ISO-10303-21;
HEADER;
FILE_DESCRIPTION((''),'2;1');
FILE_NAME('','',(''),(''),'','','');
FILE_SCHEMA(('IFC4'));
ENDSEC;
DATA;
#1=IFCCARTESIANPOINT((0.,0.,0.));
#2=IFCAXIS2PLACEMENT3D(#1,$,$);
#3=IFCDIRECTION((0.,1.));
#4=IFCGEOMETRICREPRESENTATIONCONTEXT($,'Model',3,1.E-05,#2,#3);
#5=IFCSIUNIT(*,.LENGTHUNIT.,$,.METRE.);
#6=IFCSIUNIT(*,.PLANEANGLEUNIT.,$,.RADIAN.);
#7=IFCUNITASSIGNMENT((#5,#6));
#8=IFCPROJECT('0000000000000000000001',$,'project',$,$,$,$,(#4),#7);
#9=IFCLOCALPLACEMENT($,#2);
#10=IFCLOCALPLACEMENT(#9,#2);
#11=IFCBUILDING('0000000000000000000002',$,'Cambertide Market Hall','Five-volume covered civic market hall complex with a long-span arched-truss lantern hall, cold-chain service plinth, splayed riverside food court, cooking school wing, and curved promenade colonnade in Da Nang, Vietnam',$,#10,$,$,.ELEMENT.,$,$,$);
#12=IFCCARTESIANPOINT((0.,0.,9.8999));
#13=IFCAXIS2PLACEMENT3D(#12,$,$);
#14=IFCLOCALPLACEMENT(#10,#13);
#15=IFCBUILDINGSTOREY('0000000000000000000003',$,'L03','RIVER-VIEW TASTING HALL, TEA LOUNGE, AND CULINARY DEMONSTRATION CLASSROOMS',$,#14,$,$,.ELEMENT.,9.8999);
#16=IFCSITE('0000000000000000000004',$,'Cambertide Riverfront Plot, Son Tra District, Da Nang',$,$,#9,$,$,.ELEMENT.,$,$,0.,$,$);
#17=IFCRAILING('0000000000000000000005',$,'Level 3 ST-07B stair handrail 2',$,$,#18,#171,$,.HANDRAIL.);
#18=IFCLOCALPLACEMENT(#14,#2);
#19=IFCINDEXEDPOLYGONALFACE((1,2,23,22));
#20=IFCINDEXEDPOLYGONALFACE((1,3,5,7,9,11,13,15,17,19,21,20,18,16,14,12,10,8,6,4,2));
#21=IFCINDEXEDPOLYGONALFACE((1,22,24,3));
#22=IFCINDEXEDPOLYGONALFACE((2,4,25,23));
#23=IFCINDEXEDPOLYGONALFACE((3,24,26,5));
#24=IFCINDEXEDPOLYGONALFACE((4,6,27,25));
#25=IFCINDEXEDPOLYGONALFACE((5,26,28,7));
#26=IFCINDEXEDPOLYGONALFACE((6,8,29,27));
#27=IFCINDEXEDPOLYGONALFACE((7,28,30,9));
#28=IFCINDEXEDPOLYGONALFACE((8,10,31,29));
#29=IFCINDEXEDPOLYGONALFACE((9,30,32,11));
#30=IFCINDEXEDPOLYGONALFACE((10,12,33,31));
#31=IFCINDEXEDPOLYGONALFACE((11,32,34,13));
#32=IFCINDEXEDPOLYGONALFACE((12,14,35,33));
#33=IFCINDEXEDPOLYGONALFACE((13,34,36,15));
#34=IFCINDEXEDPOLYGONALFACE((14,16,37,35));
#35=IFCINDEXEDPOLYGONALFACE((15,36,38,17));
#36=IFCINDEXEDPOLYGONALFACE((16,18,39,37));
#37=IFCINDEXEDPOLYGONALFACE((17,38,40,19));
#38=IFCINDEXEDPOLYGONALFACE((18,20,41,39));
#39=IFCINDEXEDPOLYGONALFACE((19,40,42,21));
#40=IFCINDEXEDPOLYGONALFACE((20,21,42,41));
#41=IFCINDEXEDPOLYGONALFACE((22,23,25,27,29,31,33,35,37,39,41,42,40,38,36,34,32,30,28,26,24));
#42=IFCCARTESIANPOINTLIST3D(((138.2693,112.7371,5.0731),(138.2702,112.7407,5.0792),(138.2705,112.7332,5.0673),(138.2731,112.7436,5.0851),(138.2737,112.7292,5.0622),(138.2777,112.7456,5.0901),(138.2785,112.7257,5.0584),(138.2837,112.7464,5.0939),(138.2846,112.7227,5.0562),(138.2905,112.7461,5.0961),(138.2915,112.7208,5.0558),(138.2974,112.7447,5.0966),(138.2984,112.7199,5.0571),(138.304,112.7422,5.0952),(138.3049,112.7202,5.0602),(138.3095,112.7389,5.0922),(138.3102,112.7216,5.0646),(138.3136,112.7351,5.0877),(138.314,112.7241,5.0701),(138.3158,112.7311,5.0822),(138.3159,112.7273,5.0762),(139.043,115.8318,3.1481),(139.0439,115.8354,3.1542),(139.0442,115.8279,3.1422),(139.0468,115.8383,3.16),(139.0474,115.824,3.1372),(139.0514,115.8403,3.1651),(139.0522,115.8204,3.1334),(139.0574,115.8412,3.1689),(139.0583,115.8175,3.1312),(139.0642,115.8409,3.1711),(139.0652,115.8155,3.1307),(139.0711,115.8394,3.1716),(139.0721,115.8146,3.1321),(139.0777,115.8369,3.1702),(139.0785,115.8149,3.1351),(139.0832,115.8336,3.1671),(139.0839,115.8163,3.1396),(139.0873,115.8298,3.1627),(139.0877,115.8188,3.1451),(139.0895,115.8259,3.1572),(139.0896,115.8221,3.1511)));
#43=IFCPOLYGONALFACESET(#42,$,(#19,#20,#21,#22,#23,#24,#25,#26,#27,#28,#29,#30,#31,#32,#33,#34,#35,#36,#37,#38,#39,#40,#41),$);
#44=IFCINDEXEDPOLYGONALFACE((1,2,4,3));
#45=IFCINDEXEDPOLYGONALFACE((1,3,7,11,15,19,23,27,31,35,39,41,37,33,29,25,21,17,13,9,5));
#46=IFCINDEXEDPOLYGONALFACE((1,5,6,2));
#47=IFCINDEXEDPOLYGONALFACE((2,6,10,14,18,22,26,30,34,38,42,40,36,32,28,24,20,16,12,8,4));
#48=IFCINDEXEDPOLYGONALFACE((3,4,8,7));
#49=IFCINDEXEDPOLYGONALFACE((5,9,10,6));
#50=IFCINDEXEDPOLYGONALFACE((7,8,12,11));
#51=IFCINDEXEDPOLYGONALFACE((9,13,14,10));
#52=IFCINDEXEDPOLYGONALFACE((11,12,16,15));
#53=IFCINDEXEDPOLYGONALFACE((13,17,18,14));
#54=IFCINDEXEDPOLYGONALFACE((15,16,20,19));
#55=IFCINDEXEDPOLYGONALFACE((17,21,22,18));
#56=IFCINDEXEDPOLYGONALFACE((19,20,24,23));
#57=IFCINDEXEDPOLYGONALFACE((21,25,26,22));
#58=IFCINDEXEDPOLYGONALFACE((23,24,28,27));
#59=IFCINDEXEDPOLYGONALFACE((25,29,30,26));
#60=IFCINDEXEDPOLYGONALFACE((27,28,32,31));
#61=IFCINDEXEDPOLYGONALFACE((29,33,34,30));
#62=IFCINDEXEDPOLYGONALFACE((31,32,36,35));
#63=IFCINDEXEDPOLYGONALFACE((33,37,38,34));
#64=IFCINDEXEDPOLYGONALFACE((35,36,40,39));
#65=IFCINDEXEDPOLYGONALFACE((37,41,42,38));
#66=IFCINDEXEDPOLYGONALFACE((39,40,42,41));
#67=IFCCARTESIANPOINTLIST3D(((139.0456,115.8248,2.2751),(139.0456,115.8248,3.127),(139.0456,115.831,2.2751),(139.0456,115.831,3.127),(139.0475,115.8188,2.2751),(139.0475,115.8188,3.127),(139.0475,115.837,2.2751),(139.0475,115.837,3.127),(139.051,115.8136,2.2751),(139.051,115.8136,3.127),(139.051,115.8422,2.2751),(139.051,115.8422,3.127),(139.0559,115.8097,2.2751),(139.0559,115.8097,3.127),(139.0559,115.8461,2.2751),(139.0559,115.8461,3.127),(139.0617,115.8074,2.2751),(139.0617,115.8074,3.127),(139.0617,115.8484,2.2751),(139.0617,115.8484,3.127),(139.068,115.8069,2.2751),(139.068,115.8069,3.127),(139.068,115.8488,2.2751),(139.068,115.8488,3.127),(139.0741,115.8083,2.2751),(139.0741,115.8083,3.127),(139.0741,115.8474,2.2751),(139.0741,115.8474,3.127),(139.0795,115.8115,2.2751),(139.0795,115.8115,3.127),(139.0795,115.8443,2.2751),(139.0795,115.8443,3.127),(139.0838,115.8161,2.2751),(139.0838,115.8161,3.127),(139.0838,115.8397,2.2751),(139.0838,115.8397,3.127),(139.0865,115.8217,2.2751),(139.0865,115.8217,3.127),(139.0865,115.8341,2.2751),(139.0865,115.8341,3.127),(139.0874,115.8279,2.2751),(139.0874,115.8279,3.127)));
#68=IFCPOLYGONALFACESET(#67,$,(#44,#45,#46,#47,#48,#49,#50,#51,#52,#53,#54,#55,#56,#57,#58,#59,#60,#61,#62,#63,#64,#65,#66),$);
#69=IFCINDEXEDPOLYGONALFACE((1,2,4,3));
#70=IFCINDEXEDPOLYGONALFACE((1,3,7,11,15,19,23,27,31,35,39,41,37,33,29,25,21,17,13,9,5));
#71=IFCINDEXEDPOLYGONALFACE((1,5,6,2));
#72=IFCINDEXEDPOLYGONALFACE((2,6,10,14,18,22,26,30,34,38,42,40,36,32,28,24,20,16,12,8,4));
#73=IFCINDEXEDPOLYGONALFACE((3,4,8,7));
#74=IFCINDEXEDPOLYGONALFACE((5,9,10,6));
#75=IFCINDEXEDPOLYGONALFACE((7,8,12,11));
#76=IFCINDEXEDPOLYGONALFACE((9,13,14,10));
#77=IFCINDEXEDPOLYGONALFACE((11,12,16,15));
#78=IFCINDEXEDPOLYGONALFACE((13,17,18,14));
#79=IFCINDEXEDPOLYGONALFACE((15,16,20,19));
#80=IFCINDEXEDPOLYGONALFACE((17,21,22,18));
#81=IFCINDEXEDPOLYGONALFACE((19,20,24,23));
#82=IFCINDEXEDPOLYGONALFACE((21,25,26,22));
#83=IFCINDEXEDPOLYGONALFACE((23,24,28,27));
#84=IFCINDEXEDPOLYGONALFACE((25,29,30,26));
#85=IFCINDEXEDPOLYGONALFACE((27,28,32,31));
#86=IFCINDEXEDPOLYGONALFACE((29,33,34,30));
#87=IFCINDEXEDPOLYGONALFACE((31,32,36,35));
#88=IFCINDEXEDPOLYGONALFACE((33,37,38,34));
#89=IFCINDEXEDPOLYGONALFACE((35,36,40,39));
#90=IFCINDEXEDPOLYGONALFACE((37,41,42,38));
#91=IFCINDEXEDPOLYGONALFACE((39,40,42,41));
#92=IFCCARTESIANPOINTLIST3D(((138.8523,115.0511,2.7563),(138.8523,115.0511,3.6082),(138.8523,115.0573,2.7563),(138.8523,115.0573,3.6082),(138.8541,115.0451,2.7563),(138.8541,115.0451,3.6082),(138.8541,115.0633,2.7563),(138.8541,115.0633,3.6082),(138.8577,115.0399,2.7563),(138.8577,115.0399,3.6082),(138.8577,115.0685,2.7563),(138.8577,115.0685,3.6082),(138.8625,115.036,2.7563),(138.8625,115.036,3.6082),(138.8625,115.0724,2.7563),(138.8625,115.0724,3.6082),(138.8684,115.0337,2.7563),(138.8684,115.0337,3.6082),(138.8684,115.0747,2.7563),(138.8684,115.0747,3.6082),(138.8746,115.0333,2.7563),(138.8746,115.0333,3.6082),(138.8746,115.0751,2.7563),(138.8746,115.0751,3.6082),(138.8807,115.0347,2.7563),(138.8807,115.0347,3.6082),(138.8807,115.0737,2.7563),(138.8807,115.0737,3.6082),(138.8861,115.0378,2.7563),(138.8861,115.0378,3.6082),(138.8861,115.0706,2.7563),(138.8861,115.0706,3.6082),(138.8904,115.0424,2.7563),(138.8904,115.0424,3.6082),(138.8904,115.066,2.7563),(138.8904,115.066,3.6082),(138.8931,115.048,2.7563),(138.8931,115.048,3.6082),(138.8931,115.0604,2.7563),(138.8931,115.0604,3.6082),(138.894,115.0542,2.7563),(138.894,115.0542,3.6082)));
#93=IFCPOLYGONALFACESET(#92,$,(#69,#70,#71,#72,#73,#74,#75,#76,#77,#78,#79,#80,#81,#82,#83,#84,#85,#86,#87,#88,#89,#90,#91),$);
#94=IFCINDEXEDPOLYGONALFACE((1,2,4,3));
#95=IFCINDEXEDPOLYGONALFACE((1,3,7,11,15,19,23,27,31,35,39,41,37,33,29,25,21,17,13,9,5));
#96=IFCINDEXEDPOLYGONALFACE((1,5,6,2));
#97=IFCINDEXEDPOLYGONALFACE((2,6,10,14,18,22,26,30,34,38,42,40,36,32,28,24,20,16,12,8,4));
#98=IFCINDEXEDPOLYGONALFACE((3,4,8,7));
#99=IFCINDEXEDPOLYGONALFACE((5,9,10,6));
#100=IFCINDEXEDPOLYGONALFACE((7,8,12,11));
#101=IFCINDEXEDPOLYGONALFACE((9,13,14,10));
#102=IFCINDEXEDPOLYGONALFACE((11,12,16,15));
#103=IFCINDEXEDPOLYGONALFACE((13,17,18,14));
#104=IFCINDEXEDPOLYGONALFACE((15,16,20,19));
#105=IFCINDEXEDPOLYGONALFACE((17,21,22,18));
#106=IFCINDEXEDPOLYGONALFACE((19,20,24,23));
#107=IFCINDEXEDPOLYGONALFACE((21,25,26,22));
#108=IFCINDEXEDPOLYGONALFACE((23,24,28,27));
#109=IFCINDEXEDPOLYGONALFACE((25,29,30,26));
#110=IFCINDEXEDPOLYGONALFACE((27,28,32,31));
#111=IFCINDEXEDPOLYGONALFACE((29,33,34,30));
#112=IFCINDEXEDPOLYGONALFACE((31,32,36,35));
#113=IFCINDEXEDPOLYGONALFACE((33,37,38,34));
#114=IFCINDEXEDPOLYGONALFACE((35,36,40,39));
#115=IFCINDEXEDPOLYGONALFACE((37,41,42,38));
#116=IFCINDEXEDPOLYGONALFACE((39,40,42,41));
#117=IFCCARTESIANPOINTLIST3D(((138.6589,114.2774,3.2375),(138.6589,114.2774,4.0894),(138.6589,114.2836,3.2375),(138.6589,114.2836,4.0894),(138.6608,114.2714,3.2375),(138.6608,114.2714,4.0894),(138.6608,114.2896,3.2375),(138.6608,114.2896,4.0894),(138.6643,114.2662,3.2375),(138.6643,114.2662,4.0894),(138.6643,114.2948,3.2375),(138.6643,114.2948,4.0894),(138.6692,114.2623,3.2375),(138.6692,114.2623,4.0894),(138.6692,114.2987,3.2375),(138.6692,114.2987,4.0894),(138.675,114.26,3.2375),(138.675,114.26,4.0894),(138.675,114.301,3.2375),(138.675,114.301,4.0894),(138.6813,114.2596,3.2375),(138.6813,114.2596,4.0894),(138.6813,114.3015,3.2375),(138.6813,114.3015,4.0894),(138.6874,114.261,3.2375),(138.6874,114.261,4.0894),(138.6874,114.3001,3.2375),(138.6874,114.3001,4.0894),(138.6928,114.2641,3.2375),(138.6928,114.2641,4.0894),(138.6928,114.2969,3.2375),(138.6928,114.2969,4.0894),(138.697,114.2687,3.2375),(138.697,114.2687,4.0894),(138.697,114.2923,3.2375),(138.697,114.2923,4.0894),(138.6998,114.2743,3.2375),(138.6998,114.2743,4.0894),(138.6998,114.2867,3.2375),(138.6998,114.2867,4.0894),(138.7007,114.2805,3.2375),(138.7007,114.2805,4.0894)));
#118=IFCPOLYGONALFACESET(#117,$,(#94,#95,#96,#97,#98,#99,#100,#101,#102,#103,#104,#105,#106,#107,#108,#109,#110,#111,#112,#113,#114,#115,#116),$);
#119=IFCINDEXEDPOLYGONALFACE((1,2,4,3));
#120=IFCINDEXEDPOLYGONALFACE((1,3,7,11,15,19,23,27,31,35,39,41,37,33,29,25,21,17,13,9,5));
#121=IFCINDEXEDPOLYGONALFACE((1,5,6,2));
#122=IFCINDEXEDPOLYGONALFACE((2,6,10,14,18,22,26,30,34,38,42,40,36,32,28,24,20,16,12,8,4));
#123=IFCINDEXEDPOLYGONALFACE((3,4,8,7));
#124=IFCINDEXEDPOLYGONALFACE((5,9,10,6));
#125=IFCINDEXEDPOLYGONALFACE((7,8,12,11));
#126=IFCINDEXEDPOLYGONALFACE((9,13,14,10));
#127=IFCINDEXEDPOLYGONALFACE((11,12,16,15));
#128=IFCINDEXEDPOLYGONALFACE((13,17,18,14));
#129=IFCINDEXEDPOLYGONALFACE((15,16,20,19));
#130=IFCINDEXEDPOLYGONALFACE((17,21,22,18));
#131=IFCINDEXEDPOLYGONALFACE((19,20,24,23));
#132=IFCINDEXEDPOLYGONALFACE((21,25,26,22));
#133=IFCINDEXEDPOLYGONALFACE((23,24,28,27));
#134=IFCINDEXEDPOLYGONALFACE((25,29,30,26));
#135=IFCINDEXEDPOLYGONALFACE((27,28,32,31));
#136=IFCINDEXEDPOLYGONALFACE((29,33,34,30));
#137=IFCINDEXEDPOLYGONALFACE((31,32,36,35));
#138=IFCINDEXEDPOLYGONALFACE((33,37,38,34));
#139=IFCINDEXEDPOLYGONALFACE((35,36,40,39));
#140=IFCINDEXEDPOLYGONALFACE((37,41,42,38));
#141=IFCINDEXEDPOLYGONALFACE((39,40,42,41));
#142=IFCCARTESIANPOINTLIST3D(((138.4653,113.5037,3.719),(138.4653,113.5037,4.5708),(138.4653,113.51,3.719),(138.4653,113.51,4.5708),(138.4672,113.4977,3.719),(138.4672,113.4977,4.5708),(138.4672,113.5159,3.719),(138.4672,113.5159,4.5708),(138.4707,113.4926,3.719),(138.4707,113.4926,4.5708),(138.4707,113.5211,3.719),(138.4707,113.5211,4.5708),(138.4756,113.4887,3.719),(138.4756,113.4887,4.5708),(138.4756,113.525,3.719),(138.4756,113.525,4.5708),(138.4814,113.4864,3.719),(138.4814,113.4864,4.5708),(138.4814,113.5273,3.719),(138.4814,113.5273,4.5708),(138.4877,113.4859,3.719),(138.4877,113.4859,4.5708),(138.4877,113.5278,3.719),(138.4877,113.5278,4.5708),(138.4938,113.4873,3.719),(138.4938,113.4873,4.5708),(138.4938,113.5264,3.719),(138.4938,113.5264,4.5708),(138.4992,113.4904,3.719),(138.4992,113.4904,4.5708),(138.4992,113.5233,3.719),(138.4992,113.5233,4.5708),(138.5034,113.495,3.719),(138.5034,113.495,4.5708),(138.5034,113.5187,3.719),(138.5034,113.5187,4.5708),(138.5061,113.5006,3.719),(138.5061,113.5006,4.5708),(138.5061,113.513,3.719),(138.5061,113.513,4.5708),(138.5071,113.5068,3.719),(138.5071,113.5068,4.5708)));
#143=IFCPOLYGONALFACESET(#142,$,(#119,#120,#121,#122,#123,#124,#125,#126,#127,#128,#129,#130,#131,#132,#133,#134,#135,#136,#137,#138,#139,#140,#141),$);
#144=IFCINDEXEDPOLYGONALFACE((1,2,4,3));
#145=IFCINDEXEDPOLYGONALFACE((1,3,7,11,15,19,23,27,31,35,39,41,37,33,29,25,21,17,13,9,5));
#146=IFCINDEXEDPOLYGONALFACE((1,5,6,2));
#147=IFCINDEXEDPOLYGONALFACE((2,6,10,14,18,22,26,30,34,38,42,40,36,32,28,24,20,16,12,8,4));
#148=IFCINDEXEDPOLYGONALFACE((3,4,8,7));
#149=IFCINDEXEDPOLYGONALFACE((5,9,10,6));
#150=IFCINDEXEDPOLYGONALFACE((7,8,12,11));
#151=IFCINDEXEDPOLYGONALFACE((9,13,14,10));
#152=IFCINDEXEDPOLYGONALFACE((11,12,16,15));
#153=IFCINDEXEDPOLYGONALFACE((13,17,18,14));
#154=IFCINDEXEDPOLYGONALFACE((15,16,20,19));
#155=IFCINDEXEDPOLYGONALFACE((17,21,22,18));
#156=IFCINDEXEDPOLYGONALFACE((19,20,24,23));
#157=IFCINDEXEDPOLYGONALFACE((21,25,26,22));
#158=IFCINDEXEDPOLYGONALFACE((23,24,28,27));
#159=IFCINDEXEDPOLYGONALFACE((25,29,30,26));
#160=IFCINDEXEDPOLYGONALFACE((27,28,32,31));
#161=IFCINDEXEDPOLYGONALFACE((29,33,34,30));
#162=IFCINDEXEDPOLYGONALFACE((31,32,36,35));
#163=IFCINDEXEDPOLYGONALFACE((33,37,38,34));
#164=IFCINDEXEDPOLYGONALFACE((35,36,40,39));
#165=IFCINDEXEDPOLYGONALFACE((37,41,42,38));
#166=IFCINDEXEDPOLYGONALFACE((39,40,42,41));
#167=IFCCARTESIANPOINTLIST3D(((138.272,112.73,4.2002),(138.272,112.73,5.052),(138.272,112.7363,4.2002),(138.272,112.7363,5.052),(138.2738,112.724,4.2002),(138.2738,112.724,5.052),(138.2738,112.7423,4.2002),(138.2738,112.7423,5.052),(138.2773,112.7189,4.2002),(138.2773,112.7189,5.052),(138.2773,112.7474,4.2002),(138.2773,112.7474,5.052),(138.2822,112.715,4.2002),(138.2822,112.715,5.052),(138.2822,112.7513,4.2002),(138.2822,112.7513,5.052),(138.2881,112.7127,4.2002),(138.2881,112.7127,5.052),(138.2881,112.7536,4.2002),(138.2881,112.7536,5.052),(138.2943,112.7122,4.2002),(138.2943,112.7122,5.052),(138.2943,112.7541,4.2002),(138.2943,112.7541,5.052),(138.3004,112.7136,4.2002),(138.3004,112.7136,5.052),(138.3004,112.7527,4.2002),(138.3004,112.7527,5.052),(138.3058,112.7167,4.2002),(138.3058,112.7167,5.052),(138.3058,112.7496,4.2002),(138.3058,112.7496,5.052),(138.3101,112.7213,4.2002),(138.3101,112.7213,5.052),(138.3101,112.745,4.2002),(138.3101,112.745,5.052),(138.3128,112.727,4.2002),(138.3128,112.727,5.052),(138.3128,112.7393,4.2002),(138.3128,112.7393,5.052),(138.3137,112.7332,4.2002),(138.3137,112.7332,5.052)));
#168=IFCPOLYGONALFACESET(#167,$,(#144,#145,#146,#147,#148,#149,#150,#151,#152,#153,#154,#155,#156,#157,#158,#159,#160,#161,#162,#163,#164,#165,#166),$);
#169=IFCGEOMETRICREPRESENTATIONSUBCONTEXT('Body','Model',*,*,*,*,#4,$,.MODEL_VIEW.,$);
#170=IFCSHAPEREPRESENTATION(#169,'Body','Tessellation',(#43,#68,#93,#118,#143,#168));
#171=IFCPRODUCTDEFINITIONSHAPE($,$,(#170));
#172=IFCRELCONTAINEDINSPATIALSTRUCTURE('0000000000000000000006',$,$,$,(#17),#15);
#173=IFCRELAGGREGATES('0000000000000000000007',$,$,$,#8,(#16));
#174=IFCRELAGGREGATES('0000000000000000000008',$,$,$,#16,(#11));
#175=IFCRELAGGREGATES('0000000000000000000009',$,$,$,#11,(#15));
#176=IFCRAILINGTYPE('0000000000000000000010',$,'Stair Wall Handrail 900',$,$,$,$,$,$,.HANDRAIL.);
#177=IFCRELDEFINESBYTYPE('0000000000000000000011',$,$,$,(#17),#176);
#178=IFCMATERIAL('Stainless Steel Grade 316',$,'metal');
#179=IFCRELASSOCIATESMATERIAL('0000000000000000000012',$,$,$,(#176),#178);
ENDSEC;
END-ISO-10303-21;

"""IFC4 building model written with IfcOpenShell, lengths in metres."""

from ifc_helpers import new_model, si_unit, direction, frame, origin, origin_2d, place, context, subcontext, project, spatial, circle, extrude, material, type_object, element, save


model = new_model("IFC4")

# Units and contexts
model_context = context("Model", 3, precision=1e-05, world=origin(), true_north=direction((0.0, 1.0)))
body_context = subcontext(model_context, "Body", "Model", "MODEL_VIEW")
ifc_project = project(units=[si_unit("LENGTHUNIT", "METRE"), si_unit("PLANEANGLEUNIT", "RADIAN")], contexts=[model_context])

# Site, building, storey
site_placement = place(None, origin())
site = spatial("IfcSite", under=ifc_project, at=site_placement, Name="Cambertide Riverfront Plot, Son Tra District, Da Nang", CompositionType="ELEMENT", RefElevation=0.0)
building_placement = place(site_placement, origin())
building = spatial("IfcBuilding", under=site, at=building_placement, Name="Cambertide Market Hall", Description="Five-volume covered civic market hall complex with a long-span arched-truss lantern hall, cold-chain service plinth, splayed riverside food court, cooking school wing, and curved promenade colonnade in Da Nang, Vietnam", CompositionType="ELEMENT")
storey_placement = place(building_placement, frame((0.0, 0.0, 9.8999)))
storey = spatial("IfcBuildingStorey", under=building, at=storey_placement, Name="L03", Description="RIVER-VIEW TASTING HALL, TEA LOUNGE, AND CULINARY DEMONSTRATION CLASSROOMS", CompositionType="ELEMENT", Elevation=9.8999)

# Railing
ifc_material_1 = material(Name="Stainless Steel Grade 316", Category="metal")
railing_type_1 = type_object("IfcRailingType", Name="Stair Wall Handrail 900", PredefinedType="HANDRAIL", material=ifc_material_1)
railing_1_placement = place(storey_placement, frame((139.0664, 115.8279, 2.2751)))
element("IfcRailing", 1, at=railing_1_placement, inside=storey, type_object=railing_type_1, Name="Level 3 ST-07B stair handrail 2", PredefinedType="HANDRAIL", context=body_context, shape_type="SweptSolid", body=[
    extrude(circle(Radius=0.0239, at=origin_2d()), frame((0.0, 0.0, 0.876), z_axis=(-0.207654, -0.830616, 0.516678), x_axis=(0.970143, -0.242536, 0.0)), (0.0, 0.0, 1.0), 3.7258),
    extrude(circle(Radius=0.021, at=origin_2d()), origin(), (0.0, 0.0, 1.0), 0.8518),
    extrude(circle(Radius=0.021, at=origin_2d()), frame((-0.1934, -0.7737, 0.4812)), (0.0, 0.0, 1.0), 0.8518),
    extrude(circle(Radius=0.021, at=origin_2d()), frame((-0.3867, -1.5474, 0.9624)), (0.0, 0.0, 1.0), 0.8518),
    extrude(circle(Radius=0.021, at=origin_2d()), frame((-0.5803, -2.321, 1.4438)), (0.0, 0.0, 1.0), 0.8518),
    extrude(circle(Radius=0.021, at=origin_2d()), frame((-0.7737, -3.0947, 1.925)), (0.0, 0.0, 1.0), 0.8518),
])

save(model, "model.ifc")
